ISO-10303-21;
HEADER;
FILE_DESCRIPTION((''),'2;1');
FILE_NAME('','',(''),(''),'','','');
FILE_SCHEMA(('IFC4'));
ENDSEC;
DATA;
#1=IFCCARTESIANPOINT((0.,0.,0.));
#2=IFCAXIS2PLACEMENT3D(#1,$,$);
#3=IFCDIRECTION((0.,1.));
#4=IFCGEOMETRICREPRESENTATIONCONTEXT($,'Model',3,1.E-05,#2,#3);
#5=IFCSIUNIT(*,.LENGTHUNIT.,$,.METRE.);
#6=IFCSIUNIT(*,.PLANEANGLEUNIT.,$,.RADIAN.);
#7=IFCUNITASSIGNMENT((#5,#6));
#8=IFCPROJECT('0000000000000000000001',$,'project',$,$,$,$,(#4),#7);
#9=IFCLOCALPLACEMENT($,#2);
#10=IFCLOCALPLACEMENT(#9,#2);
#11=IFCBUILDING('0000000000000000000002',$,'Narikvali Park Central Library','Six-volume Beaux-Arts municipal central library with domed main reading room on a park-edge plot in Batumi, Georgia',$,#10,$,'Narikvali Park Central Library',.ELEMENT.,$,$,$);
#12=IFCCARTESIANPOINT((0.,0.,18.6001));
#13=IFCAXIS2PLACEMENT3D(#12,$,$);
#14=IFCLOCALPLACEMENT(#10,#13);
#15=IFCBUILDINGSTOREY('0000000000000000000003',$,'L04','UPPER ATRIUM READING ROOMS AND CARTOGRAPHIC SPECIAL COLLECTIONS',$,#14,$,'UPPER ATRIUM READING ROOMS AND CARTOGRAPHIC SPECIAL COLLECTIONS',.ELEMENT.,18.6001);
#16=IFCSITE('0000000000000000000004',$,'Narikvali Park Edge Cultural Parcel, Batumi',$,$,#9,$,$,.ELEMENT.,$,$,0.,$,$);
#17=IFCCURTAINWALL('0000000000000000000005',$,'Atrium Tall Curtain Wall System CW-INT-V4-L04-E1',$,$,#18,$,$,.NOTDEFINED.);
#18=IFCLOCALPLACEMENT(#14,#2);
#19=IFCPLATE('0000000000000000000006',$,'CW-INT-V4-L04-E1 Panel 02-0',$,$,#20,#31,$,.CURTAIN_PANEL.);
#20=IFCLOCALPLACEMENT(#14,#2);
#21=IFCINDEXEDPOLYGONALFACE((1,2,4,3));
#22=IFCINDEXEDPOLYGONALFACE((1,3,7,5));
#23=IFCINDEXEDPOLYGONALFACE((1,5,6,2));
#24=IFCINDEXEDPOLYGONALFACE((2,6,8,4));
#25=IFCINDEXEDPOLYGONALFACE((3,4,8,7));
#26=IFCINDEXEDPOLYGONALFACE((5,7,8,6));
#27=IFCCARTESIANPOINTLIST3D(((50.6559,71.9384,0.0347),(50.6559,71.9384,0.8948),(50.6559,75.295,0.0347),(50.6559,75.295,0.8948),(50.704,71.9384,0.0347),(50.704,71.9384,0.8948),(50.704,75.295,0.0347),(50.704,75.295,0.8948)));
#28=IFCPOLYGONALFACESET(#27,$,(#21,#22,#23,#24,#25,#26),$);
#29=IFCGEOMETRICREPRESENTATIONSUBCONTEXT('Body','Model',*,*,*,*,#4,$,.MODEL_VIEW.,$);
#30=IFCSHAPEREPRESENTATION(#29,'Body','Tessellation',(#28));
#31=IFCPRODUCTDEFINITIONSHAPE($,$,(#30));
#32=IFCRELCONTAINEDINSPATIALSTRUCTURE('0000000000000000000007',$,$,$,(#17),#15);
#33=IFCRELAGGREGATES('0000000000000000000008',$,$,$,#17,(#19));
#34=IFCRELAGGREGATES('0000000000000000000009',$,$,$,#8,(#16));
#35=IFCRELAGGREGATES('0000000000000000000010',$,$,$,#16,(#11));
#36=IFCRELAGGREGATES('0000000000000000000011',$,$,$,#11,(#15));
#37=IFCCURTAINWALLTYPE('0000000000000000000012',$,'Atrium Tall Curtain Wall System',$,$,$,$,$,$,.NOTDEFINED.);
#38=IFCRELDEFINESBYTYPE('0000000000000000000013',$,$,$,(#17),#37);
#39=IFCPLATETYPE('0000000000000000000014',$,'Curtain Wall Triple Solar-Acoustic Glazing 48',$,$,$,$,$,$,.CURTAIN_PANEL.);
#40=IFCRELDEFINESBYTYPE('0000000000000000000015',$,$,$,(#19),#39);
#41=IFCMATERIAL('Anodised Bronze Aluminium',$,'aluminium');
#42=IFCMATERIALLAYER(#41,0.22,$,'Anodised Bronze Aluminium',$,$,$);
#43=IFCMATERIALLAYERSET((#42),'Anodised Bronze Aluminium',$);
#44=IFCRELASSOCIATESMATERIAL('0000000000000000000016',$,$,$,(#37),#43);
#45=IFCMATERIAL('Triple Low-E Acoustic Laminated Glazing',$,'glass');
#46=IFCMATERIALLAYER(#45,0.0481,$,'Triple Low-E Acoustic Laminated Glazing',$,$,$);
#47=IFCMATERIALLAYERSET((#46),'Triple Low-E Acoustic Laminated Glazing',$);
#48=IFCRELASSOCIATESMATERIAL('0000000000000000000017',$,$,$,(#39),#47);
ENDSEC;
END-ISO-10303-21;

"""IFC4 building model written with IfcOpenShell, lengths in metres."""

from ifc_helpers import new_model, si_unit, direction, frame, origin, origin_2d, place, context, subcontext, project, spatial, rectangle, extrude, material, layer, layer_set, type_object, element, aggregate, save


model = new_model("IFC4")

# Units and contexts
model_context = context("Model", 3, precision=1e-05, world=origin(), true_north=direction((0.0, 1.0)))
body_context = subcontext(model_context, "Body", "Model", "MODEL_VIEW")
ifc_project = project(units=[si_unit("LENGTHUNIT", "METRE"), si_unit("PLANEANGLEUNIT", "RADIAN")], contexts=[model_context])

# Site, building, storey
site_placement = place(None, origin())
site = spatial("IfcSite", under=ifc_project, at=site_placement, Name="Narikvali Park Edge Cultural Parcel, Batumi", CompositionType="ELEMENT", RefElevation=0.0)
building_placement = place(site_placement, origin())
building = spatial("IfcBuilding", under=site, at=building_placement, Name="Narikvali Park Central Library", Description="Six-volume Beaux-Arts municipal central library with domed main reading room on a park-edge plot in Batumi, Georgia", LongName="Narikvali Park Central Library", CompositionType="ELEMENT")
storey_placement = place(building_placement, frame((0.0, 0.0, 18.6001)))
storey = spatial("IfcBuildingStorey", under=building, at=storey_placement, Name="L04", Description="UPPER ATRIUM READING ROOMS AND CARTOGRAPHIC SPECIAL COLLECTIONS", LongName="UPPER ATRIUM READING ROOMS AND CARTOGRAPHIC SPECIAL COLLECTIONS", CompositionType="ELEMENT", Elevation=18.6001)

# Curtain wall
ifc_material_1 = material(Name="Anodised Bronze Aluminium", Category="aluminium")
ifc_layer_1 = layer(ifc_material_1, 0.22, Name="Anodised Bronze Aluminium")
ifc_layer_set_1 = layer_set([ifc_layer_1], Name="Anodised Bronze Aluminium")
curtain_wall_type = type_object("IfcCurtainWallType", Name="Atrium Tall Curtain Wall System", PredefinedType="NOTDEFINED", material=ifc_layer_set_1)
curtain_wall_1_placement = place(storey_placement, origin())
curtain_wall_1 = element("IfcCurtainWall", 1, at=curtain_wall_1_placement, inside=storey, type_object=curtain_wall_type, Name="Atrium Tall Curtain Wall System CW-INT-V4-L04-E1", PredefinedType="NOTDEFINED")

# Plate
ifc_material_2 = material(Name="Triple Low-E Acoustic Laminated Glazing", Category="glass")
ifc_layer_2 = layer(ifc_material_2, 0.0481, Name="Triple Low-E Acoustic Laminated Glazing")
ifc_layer_set_2 = layer_set([ifc_layer_2], Name="Triple Low-E Acoustic Laminated Glazing")
plate_type_1 = type_object("IfcPlateType", Name="Curtain Wall Triple Solar-Acoustic Glazing 48", PredefinedType="CURTAIN_PANEL", material=ifc_layer_set_2)
plate_1_placement = place(storey_placement, frame((50.6799, 73.6167, 0.0347), z_axis=(0.0, 0.0, 1.0), x_axis=(0.0, 1.0, 0.0)))
plate_1 = element("IfcPlate", 2, at=plate_1_placement, type_object=plate_type_1, Name="CW-INT-V4-L04-E1 Panel 02-0", PredefinedType="CURTAIN_PANEL", context=body_context, shape_type="SweptSolid", body=[
    extrude(rectangle(XDim=3.3567, YDim=0.0481, at=origin_2d()), origin(), (0.0, 0.0, 1.0), 0.8601),
])
aggregate(curtain_wall_1, [plate_1])

save(model, "model.ifc")
